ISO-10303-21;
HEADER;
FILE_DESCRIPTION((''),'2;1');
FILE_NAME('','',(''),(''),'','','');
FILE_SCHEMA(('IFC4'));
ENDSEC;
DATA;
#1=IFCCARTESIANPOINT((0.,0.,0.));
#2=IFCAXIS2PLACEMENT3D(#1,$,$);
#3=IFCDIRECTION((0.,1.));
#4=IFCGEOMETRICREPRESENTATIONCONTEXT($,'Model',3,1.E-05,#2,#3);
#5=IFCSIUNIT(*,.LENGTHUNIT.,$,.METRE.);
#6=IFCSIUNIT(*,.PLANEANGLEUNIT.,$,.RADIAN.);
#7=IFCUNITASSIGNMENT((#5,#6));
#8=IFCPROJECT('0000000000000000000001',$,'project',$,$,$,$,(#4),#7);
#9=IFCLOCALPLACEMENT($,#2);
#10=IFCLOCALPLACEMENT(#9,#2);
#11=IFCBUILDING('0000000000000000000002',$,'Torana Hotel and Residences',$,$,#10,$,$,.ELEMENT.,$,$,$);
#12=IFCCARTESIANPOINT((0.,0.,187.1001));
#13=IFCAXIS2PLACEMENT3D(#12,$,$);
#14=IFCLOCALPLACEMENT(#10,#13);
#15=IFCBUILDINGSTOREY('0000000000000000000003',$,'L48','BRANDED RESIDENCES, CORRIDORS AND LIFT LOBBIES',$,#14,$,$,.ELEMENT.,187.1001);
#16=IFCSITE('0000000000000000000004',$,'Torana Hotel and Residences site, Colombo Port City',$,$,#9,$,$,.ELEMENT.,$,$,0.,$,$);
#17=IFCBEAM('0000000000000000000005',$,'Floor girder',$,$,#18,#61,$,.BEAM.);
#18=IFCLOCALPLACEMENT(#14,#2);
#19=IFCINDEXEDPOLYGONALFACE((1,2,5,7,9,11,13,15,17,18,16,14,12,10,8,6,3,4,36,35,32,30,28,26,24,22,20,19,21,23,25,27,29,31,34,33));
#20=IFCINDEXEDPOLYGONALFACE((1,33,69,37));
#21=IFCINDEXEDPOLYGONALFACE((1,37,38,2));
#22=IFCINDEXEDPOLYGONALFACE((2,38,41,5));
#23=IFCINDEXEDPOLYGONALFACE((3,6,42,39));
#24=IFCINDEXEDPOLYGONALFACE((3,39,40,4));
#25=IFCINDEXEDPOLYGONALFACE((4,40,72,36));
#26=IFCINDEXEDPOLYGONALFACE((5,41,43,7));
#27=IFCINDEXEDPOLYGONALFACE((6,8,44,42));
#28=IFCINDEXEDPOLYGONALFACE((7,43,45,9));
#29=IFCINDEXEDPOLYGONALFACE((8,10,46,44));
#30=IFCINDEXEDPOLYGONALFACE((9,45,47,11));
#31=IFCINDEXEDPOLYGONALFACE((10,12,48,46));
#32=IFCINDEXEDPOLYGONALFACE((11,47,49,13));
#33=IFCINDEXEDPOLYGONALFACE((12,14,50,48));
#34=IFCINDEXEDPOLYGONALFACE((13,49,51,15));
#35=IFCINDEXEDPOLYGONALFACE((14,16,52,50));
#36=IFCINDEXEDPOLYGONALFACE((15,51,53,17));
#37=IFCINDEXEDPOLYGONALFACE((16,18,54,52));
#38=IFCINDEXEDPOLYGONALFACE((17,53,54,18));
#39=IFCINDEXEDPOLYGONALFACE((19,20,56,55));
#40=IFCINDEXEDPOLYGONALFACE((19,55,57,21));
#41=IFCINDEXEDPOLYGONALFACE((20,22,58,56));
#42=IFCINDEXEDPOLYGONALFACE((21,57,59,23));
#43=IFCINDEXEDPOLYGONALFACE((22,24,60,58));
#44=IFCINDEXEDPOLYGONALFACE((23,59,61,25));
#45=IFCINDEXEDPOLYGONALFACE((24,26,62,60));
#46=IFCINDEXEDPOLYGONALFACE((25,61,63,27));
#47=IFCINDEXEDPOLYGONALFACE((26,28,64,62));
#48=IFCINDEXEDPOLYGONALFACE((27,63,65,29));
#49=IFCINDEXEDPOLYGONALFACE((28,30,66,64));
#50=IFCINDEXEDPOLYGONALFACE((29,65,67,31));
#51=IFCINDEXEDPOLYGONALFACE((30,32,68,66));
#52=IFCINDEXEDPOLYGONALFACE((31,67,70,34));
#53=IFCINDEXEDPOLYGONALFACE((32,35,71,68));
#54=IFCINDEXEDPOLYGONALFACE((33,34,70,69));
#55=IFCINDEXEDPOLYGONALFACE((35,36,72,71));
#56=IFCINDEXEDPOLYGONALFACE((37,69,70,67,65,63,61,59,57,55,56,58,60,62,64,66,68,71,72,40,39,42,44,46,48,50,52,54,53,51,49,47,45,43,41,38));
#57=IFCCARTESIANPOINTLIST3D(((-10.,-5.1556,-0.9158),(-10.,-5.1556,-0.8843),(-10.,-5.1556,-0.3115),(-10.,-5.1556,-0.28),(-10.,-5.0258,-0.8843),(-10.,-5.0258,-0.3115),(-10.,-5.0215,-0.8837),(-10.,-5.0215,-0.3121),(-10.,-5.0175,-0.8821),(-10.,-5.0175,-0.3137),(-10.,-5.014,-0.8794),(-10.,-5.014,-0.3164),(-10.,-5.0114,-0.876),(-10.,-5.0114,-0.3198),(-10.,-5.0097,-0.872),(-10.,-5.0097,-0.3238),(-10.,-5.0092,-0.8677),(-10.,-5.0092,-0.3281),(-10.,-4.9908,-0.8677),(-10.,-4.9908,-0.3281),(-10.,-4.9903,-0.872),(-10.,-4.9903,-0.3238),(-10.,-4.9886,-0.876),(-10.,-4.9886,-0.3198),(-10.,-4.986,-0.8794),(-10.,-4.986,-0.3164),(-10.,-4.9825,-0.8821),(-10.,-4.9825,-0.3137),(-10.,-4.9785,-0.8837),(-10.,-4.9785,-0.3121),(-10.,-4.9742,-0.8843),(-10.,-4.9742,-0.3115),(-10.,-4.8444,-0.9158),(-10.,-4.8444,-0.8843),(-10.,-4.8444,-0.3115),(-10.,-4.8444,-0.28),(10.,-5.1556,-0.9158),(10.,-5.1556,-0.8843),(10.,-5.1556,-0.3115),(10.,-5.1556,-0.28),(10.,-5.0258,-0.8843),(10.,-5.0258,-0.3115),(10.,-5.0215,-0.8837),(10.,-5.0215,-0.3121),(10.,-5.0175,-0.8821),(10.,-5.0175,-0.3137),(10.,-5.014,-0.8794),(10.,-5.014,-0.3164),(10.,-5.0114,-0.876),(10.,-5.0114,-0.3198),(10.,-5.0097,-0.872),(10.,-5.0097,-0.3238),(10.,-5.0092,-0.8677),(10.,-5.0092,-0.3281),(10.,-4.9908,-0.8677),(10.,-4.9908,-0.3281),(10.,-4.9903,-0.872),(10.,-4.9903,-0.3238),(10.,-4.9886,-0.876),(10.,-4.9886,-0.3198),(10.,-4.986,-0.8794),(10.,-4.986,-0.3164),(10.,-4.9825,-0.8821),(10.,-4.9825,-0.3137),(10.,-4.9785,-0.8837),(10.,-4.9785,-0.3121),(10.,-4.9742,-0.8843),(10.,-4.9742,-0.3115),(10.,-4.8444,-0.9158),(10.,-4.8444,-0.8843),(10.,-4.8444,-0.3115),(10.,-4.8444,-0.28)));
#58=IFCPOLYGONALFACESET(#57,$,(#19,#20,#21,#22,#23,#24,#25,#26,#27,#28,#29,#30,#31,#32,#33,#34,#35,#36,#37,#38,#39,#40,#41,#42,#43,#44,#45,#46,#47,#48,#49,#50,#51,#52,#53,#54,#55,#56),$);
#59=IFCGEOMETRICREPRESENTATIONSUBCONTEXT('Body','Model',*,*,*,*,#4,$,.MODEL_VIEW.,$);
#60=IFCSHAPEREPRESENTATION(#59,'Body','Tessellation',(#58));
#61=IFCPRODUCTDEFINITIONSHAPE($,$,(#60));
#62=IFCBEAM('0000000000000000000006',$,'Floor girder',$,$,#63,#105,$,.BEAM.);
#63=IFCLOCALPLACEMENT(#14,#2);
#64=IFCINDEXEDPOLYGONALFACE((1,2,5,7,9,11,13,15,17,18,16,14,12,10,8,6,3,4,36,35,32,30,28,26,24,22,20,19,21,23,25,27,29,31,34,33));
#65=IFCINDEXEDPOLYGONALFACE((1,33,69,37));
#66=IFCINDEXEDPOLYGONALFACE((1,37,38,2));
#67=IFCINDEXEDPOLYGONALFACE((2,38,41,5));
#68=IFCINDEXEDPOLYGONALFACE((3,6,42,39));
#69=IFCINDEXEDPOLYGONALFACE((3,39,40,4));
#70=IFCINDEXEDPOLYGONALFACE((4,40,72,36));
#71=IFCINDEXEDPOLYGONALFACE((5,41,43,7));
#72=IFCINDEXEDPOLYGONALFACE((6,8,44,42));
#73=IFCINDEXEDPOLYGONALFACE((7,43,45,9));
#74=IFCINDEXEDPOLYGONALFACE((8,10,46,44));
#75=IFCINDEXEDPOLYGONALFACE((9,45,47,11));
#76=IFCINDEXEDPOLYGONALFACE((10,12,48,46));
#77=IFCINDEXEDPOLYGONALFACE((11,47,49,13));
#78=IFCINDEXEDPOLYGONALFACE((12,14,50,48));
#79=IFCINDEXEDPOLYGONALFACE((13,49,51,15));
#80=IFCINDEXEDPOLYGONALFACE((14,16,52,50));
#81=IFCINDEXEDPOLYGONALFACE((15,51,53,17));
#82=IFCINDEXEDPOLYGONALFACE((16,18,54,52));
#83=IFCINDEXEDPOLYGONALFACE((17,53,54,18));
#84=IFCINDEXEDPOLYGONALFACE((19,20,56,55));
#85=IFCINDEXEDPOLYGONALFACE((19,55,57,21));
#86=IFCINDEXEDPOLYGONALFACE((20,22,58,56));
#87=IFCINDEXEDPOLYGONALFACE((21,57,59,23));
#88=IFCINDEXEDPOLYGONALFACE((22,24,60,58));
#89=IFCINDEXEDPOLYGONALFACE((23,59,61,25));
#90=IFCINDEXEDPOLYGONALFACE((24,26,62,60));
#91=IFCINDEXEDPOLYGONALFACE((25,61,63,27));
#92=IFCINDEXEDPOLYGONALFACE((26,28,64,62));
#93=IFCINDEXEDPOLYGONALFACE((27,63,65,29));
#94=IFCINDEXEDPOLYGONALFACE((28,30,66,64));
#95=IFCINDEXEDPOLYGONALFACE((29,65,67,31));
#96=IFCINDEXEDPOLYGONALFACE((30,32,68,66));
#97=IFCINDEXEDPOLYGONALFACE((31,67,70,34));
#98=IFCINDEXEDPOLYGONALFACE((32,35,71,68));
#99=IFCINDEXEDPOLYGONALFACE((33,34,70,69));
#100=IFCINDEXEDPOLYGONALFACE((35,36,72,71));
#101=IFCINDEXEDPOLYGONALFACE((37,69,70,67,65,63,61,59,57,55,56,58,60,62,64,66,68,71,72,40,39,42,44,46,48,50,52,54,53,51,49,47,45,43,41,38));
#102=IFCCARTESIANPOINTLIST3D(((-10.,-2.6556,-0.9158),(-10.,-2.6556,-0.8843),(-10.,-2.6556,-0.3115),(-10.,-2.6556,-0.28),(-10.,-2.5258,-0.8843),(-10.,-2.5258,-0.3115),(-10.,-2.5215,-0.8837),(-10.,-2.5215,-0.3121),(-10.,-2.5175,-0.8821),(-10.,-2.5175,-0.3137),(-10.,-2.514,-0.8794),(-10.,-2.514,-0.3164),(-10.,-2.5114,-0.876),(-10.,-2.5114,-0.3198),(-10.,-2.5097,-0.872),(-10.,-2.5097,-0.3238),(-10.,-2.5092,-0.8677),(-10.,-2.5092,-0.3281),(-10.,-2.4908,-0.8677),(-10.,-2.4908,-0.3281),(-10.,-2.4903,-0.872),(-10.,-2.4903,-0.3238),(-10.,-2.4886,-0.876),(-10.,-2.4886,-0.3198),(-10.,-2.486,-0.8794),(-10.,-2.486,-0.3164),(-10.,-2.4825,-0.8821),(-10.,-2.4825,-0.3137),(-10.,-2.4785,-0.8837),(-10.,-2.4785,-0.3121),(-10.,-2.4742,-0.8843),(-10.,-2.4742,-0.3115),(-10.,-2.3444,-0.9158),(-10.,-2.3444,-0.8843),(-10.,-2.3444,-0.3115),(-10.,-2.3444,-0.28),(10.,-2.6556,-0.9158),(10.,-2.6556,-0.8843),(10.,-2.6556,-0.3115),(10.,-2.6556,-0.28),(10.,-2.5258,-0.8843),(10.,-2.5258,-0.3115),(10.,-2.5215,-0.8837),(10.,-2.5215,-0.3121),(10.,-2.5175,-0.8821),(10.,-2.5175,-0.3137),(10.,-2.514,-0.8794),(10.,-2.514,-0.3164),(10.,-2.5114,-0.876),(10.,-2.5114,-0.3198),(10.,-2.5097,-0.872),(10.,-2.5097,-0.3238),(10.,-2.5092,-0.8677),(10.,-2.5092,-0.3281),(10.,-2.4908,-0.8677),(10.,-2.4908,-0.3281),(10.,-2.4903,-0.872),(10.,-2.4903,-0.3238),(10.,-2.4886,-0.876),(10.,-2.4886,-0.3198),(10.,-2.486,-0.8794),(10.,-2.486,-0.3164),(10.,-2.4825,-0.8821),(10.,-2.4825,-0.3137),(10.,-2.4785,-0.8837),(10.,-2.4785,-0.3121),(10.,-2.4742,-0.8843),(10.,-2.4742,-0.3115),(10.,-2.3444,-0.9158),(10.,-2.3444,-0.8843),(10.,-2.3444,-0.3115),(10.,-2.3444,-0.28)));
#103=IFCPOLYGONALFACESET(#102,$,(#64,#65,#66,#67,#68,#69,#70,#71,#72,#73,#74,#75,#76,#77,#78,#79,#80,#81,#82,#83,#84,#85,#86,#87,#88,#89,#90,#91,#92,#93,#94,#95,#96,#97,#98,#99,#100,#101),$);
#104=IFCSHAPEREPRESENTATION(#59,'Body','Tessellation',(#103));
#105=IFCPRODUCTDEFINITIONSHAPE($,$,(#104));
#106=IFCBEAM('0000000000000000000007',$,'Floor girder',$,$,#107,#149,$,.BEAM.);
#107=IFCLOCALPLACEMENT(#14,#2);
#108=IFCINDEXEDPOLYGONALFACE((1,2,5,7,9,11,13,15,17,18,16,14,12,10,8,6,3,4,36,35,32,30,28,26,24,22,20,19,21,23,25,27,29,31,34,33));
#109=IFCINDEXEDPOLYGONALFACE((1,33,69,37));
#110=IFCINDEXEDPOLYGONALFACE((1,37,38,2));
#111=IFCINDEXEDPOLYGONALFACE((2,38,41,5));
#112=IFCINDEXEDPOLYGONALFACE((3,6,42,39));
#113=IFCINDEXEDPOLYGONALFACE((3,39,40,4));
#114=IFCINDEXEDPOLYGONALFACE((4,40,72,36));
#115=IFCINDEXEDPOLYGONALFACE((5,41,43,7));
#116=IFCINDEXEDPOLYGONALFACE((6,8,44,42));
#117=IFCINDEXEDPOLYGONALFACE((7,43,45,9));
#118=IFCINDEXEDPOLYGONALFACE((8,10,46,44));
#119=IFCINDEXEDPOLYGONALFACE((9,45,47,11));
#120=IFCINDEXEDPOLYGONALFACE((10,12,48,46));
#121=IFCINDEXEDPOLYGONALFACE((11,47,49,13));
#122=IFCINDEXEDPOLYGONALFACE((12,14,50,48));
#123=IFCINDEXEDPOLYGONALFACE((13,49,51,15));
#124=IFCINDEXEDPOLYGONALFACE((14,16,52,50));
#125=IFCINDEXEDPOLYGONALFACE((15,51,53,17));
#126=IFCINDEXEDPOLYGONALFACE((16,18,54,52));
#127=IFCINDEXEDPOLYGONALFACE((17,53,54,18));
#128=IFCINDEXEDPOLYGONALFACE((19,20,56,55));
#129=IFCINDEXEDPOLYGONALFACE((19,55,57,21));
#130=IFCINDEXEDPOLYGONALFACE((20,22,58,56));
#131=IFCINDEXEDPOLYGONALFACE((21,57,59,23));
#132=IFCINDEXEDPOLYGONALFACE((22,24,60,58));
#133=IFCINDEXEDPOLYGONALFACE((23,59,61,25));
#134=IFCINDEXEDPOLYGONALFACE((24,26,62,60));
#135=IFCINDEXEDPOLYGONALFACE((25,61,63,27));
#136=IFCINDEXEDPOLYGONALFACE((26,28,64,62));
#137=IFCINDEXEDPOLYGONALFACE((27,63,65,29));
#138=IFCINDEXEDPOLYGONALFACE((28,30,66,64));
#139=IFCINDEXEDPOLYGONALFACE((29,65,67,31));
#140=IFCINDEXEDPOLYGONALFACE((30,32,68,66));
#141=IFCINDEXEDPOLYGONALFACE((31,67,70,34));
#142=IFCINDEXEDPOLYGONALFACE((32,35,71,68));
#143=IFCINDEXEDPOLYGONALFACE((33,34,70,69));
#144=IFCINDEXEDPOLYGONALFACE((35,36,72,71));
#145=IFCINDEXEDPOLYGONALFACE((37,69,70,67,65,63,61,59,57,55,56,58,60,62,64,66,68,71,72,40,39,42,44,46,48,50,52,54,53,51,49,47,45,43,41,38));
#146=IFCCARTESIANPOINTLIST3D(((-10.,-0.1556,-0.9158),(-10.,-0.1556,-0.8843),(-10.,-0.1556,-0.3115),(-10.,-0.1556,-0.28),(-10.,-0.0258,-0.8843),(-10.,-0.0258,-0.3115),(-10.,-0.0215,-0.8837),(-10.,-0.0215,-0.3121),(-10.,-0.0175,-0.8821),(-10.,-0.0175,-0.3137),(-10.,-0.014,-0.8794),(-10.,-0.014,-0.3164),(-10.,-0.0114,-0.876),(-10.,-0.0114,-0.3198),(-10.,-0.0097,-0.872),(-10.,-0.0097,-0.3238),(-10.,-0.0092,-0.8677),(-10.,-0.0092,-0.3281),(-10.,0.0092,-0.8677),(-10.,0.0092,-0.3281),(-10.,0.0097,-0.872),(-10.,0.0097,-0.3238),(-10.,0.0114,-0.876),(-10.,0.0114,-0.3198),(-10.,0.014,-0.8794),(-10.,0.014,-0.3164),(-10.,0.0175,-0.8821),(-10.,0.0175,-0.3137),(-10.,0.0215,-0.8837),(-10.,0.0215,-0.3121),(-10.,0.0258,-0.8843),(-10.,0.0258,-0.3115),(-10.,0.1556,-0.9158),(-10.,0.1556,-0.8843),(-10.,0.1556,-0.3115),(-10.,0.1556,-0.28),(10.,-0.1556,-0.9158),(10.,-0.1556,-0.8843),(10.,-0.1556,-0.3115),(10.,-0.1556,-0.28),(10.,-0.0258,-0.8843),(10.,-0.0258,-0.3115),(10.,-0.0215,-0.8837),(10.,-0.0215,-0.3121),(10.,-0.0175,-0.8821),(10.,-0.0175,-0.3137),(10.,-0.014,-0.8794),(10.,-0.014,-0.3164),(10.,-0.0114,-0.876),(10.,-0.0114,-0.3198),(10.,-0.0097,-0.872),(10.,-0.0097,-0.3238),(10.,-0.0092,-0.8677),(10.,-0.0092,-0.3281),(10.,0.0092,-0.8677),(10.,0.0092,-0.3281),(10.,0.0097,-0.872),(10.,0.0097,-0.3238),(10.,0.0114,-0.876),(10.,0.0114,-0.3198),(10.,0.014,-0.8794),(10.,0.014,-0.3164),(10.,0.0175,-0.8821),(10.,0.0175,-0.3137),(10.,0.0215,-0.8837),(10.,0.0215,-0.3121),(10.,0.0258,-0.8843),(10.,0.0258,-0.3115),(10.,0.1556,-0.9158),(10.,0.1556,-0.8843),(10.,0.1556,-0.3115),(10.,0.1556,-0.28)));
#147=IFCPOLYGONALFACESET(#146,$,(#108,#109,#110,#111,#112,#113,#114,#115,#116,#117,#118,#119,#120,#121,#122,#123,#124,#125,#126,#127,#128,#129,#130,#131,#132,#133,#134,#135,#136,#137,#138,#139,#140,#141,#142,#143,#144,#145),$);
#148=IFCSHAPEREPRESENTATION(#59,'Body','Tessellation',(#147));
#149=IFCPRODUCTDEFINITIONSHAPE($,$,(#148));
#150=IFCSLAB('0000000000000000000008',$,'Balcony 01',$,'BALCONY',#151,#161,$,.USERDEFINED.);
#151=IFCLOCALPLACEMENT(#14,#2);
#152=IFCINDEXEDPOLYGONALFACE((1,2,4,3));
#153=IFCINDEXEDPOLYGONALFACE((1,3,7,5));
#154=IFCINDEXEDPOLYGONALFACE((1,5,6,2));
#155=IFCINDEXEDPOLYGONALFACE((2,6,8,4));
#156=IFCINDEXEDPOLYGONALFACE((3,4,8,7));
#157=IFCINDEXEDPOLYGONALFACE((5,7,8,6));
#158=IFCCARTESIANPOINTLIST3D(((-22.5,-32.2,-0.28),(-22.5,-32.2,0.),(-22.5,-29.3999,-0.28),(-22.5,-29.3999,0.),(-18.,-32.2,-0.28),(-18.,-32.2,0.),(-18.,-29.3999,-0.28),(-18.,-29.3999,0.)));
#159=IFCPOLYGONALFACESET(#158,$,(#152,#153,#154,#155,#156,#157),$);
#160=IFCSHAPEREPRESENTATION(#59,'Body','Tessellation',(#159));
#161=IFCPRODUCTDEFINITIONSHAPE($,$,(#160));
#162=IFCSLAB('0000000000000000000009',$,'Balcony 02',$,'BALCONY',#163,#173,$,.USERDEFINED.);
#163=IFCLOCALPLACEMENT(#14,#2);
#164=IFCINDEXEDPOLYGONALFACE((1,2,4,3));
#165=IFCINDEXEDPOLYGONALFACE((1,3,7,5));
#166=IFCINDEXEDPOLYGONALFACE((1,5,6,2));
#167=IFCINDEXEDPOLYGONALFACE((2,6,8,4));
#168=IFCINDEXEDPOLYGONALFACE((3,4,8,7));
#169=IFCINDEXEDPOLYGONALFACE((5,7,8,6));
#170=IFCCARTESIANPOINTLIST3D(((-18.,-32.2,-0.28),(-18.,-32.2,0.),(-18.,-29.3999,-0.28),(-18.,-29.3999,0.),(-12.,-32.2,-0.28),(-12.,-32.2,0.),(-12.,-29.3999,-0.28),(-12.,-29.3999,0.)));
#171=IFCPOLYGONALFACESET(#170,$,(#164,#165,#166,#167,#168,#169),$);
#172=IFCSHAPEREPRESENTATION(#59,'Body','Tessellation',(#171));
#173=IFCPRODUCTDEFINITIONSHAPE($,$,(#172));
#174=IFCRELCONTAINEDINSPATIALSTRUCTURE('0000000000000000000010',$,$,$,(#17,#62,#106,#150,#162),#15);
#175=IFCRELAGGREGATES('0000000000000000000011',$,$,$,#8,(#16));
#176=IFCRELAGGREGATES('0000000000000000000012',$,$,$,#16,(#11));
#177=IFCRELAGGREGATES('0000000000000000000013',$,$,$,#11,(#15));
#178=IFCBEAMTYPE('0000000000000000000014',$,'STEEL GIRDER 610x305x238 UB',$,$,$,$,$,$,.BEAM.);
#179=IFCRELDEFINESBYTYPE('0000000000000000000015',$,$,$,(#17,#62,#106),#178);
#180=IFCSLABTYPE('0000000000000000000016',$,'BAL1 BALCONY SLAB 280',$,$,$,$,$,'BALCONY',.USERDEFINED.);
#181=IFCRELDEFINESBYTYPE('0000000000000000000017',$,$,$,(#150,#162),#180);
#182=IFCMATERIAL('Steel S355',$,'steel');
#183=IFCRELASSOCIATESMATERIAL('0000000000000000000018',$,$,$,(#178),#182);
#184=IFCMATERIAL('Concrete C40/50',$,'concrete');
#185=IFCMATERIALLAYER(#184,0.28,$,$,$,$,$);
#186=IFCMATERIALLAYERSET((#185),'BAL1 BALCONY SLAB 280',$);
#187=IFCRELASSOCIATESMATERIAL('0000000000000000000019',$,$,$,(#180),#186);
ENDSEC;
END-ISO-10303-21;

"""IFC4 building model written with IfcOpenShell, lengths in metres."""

from ifc_helpers import new_model, si_unit, direction, frame, origin, origin_2d, place, context, subcontext, project, spatial, polyline, i_section, outline, extrude, material, layer, layer_set, material_profile, profile_set, type_object, element, save


model = new_model("IFC4")

# Units and contexts
model_context = context("Model", 3, precision=1e-05, world=origin(), true_north=direction((0.0, 1.0)))
body_context = subcontext(model_context, "Body", "Model", "MODEL_VIEW")
ifc_project = project(units=[si_unit("LENGTHUNIT", "METRE"), si_unit("PLANEANGLEUNIT", "RADIAN")], contexts=[model_context])

# Site, building, storey
site_placement = place(None, origin())
site = spatial("IfcSite", under=ifc_project, at=site_placement, Name="Torana Hotel and Residences site, Colombo Port City", CompositionType="ELEMENT", RefElevation=0.0)
building_placement = place(site_placement, origin())
building = spatial("IfcBuilding", under=site, at=building_placement, Name="Torana Hotel and Residences", CompositionType="ELEMENT")
storey_placement = place(building_placement, frame((0.0, 0.0, 187.1001)))
storey = spatial("IfcBuildingStorey", under=building, at=storey_placement, Name="L48", Description="BRANDED RESIDENCES, CORRIDORS AND LIFT LOBBIES", CompositionType="ELEMENT", Elevation=187.1001)

# Beams
ifc_material_1 = material(Name="Steel S355", Category="steel")
ifc_material_profile = material_profile(ifc_material_1, i_section(OverallWidth=0.3113, OverallDepth=0.6357, WebThickness=0.0183, FlangeThickness=0.0315, FilletRadius=0.0166, at=origin_2d()), Name="610x305x238 UB")
ifc_profile_set = profile_set([ifc_material_profile], Name="Steel S355")
beam_type = type_object("IfcBeamType", Name="STEEL GIRDER 610x305x238 UB", PredefinedType="BEAM", material=ifc_profile_set)
for number, where, z_axis, x_axis, name in (
    (1, (-10.0, -5.0, -0.5979), (1.0, 0.0, 0.0), (0.0, 1.0, 0.0), "Floor girder"),
    (2, (-10.0, -2.5, -0.5979), (1.0, 0.0, 0.0), (0.0, 1.0, 0.0), "Floor girder"),
    (3, (-10.0, 0.0, -0.5979), (1.0, 0.0, 0.0), (0.0, 1.0, 0.0), "Floor girder"),
):
    element("IfcBeam", number, at=place(storey_placement, frame(where, z_axis=z_axis, x_axis=x_axis)), inside=storey, type_object=beam_type, Name=name, PredefinedType="BEAM", context=body_context, shape_type="SweptSolid", body=[
        extrude(i_section(OverallWidth=0.3113, OverallDepth=0.6357, WebThickness=0.0183, FlangeThickness=0.0315, FilletRadius=0.0166, at=origin_2d()), origin(), (0.0, 0.0, 1.0), 20.0),
    ])

# Slabs
ifc_material_2 = material(Name="Concrete C40/50", Category="concrete")
ifc_layer_1 = layer(ifc_material_2, 0.28)
ifc_layer_set_1 = layer_set([ifc_layer_1], Name="BAL1 BALCONY SLAB 280")
slab_type_1 = type_object("IfcSlabType", Name="BAL1 BALCONY SLAB 280", ElementType="BALCONY", PredefinedType="USERDEFINED", material=ifc_layer_set_1)
slab_1_placement = place(storey_placement, frame((0.0, 0.0, -0.28)))
element("IfcSlab", 4, at=slab_1_placement, inside=storey, type_object=slab_type_1, Name="Balcony 01", ObjectType="BALCONY", PredefinedType="USERDEFINED", context=body_context, shape_type="SweptSolid", body=[
    extrude(outline(polyline([(-22.5, -32.2), (-18.0, -32.2), (-18.0, -29.3999), (-22.5, -29.3999), (-22.5, -32.2)])), origin(), (0.0, 0.0, 1.0), 0.28),
])
slab_2_placement = place(storey_placement, frame((0.0, 0.0, -0.28)))
element("IfcSlab", 5, at=slab_2_placement, inside=storey, type_object=slab_type_1, Name="Balcony 02", ObjectType="BALCONY", PredefinedType="USERDEFINED", context=body_context, shape_type="SweptSolid", body=[
    extrude(outline(polyline([(-18.0, -32.2), (-12.0, -32.2), (-12.0, -29.3999), (-18.0, -29.3999), (-18.0, -32.2)])), origin(), (0.0, 0.0, 1.0), 0.28),
])

save(model, "model.ifc")
